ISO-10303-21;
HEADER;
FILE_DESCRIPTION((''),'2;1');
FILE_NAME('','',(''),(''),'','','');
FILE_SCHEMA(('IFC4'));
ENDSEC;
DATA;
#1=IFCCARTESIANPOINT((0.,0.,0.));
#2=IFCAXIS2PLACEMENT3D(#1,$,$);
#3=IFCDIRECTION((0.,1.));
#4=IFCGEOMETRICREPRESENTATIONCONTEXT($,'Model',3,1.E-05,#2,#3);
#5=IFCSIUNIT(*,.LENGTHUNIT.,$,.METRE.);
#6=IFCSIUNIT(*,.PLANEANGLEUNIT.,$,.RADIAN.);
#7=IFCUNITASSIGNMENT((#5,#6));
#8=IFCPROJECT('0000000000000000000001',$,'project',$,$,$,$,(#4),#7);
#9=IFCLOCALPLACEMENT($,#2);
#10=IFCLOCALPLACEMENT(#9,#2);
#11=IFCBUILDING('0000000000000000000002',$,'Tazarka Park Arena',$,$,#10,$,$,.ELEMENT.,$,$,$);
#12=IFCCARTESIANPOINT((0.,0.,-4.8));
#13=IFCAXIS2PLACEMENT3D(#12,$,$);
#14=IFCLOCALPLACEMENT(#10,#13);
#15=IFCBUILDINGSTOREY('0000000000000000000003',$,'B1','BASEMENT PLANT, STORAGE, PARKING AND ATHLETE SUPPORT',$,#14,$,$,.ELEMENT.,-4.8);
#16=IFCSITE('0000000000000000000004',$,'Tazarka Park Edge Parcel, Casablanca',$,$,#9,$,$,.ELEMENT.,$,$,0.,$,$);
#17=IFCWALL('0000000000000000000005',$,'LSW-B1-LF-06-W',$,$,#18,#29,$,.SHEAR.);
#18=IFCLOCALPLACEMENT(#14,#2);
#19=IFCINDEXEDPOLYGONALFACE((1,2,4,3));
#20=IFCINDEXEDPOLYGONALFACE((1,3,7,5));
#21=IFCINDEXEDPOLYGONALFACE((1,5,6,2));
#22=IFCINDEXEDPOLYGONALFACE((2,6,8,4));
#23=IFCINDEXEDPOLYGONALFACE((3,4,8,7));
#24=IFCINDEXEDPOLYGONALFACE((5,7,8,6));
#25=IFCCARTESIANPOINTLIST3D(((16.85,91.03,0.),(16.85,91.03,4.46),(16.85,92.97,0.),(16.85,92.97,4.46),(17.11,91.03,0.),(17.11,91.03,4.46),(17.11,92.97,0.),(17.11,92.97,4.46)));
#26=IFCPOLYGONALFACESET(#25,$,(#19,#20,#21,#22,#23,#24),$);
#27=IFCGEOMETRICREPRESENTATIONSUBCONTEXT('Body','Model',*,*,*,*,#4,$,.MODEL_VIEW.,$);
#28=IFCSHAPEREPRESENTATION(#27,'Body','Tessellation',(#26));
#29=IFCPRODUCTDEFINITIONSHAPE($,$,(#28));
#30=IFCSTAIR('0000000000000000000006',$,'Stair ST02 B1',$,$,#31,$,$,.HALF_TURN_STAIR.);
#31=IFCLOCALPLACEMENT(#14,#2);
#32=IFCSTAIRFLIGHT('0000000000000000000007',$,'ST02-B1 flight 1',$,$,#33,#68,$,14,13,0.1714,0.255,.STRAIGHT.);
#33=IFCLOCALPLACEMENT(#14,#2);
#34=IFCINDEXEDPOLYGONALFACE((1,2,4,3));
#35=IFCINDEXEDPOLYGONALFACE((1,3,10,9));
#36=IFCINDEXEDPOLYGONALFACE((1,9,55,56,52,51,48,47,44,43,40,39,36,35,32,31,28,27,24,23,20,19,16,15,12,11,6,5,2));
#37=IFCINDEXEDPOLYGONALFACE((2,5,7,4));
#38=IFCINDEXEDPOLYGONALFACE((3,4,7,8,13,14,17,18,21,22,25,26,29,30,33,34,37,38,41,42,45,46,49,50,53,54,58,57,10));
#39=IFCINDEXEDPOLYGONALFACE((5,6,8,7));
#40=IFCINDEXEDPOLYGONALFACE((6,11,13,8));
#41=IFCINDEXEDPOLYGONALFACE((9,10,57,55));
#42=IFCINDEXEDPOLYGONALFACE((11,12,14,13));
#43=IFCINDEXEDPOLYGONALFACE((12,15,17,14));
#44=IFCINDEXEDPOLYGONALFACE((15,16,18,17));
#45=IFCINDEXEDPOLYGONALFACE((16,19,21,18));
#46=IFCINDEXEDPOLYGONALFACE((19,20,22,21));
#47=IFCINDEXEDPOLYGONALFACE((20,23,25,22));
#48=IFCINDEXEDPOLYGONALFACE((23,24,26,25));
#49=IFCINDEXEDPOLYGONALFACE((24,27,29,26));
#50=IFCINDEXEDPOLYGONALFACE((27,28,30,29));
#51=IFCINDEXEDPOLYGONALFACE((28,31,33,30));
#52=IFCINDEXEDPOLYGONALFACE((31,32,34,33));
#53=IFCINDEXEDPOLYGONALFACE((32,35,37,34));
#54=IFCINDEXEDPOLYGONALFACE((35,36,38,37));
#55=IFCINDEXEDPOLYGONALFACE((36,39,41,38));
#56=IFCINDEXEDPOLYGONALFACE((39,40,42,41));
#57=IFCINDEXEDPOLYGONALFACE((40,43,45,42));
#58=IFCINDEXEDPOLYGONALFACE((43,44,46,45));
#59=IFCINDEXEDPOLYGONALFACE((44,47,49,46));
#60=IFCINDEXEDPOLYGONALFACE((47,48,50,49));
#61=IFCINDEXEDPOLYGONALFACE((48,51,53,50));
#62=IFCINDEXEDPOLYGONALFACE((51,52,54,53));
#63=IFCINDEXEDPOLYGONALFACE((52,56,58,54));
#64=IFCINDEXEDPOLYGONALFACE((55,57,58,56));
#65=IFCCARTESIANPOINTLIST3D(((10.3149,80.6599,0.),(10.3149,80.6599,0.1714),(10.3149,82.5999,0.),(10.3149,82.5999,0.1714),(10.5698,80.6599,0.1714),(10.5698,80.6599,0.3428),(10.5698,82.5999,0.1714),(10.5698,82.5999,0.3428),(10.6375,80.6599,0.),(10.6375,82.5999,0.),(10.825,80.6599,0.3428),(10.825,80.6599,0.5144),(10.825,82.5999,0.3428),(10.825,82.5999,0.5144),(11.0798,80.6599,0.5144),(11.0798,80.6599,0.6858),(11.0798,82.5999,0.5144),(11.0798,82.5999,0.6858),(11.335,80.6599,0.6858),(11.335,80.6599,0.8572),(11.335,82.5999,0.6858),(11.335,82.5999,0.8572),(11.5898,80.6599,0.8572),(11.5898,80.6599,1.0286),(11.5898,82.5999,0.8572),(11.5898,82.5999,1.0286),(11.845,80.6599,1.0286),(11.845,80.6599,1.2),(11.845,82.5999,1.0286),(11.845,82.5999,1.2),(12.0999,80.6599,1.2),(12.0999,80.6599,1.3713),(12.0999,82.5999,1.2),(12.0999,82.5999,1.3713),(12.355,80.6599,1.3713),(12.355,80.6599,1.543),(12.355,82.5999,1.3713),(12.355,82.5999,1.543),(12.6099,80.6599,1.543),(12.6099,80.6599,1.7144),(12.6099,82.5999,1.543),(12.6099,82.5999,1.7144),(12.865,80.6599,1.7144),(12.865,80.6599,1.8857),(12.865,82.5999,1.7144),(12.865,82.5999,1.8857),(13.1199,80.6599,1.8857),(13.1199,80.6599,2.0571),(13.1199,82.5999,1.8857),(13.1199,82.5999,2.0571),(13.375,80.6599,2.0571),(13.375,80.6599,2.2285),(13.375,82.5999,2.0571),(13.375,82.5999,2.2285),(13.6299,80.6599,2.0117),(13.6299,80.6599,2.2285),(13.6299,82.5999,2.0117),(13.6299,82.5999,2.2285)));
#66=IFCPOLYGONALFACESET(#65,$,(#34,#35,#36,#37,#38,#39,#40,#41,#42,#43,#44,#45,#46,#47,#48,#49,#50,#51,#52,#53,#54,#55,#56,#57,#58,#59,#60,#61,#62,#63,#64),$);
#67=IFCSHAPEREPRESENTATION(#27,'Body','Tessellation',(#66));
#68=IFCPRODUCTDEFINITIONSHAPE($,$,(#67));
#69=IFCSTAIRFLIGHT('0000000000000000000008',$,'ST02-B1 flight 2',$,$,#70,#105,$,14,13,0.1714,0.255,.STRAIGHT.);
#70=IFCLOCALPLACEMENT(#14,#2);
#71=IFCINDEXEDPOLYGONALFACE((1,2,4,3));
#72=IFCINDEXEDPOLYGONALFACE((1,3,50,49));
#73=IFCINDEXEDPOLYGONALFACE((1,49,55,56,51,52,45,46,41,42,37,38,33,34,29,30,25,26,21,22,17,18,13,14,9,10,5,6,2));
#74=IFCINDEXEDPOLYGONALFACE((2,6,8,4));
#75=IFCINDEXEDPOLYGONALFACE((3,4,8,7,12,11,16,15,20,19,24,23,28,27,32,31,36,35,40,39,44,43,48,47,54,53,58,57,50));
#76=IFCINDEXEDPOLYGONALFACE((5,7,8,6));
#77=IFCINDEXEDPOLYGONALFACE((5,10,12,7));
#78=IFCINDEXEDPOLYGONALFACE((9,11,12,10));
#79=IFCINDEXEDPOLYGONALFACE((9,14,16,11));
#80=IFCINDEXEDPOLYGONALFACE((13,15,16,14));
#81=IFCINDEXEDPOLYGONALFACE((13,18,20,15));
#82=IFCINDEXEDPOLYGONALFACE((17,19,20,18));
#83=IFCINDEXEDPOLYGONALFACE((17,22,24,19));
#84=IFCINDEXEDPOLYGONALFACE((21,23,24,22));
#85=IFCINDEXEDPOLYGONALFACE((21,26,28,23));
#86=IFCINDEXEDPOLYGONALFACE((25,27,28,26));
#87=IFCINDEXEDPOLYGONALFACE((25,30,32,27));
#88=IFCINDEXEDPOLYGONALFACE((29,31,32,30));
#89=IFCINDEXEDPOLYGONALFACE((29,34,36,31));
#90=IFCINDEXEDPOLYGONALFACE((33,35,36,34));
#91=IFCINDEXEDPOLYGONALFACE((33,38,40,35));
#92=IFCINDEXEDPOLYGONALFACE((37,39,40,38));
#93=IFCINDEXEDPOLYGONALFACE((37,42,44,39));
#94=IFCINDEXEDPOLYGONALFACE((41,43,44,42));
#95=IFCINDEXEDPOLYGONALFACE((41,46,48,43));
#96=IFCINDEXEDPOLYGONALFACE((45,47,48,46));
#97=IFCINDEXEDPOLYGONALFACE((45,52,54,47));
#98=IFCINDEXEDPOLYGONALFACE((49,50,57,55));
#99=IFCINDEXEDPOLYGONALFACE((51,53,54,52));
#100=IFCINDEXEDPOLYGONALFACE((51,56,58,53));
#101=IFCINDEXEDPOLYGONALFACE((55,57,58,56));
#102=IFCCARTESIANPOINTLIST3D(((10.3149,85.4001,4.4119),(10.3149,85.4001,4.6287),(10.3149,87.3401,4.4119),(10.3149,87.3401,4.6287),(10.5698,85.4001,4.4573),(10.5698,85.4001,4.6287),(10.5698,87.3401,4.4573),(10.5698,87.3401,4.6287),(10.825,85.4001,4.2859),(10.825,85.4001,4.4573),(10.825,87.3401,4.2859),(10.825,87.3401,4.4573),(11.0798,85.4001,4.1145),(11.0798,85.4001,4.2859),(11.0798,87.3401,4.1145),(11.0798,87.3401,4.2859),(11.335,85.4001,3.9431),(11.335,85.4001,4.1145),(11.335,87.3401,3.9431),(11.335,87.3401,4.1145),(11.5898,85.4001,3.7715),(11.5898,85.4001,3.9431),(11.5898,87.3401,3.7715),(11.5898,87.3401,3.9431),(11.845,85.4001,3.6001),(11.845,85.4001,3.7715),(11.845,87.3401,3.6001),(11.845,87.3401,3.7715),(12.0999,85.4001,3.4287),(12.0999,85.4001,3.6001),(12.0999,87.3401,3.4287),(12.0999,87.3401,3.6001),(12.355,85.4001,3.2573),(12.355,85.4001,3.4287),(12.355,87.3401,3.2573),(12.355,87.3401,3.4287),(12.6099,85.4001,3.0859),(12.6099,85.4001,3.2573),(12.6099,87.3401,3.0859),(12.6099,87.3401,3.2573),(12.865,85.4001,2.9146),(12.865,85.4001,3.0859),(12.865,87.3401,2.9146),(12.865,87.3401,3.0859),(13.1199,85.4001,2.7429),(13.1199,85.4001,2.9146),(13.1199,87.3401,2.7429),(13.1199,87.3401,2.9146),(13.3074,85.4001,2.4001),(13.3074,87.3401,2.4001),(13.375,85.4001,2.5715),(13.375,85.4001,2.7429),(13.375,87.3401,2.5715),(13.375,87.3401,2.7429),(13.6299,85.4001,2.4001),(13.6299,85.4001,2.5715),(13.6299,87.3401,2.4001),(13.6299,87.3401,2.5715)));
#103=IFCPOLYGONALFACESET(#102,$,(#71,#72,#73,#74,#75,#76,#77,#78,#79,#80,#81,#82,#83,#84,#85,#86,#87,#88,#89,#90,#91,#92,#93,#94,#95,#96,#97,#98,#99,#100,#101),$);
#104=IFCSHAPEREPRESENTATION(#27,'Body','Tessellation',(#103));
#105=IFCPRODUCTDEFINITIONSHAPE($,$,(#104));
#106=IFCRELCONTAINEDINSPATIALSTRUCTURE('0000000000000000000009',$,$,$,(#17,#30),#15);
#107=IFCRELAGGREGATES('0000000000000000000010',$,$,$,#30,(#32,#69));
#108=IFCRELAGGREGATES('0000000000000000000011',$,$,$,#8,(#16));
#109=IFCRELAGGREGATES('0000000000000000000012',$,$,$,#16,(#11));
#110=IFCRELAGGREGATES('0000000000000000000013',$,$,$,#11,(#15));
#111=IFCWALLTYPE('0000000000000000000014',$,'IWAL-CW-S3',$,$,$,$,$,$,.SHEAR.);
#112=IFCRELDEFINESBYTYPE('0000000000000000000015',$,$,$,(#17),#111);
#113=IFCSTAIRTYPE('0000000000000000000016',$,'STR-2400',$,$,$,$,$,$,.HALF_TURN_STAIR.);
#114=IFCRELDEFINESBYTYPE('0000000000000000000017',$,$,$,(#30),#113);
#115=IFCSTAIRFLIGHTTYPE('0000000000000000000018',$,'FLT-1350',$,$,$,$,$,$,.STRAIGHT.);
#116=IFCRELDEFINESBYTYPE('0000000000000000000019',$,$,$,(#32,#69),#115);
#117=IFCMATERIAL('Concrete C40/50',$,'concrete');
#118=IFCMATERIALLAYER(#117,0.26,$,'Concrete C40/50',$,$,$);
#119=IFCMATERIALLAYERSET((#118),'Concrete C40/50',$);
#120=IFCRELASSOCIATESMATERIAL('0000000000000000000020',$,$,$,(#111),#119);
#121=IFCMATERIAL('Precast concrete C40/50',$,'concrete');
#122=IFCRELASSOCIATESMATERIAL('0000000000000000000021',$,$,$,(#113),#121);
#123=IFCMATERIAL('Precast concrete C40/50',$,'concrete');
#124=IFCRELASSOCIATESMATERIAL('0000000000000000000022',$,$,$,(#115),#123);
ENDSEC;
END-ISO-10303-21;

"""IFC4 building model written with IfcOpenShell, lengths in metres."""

from ifc_helpers import new_model, si_unit, direction, frame, frame_2d, origin, place, context, subcontext, project, spatial, polyline, rectangle, outline, extrude, material, layer, layer_set, type_object, element, aggregate, save


model = new_model("IFC4")

# Units and contexts
model_context = context("Model", 3, precision=1e-05, world=origin(), true_north=direction((0.0, 1.0)))
body_context = subcontext(model_context, "Body", "Model", "MODEL_VIEW")
ifc_project = project(units=[si_unit("LENGTHUNIT", "METRE"), si_unit("PLANEANGLEUNIT", "RADIAN")], contexts=[model_context])

# Site, building, storey
site_placement = place(None, origin())
site = spatial("IfcSite", under=ifc_project, at=site_placement, Name="Tazarka Park Edge Parcel, Casablanca", CompositionType="ELEMENT", RefElevation=0.0)
building_placement = place(site_placement, origin())
building = spatial("IfcBuilding", under=site, at=building_placement, Name="Tazarka Park Arena", CompositionType="ELEMENT")
storey_placement = place(building_placement, frame((0.0, 0.0, -4.8)))
storey = spatial("IfcBuildingStorey", under=building, at=storey_placement, Name="B1", Description="BASEMENT PLANT, STORAGE, PARKING AND ATHLETE SUPPORT", CompositionType="ELEMENT", Elevation=-4.8)

# Wall
ifc_material_1 = material(Name="Concrete C40/50", Category="concrete")
ifc_layer_1 = layer(ifc_material_1, 0.26, Name="Concrete C40/50")
ifc_layer_set_1 = layer_set([ifc_layer_1], Name="Concrete C40/50")
wall_type_1 = type_object("IfcWallType", Name="IWAL-CW-S3", PredefinedType="SHEAR", material=ifc_layer_set_1)
wall_1_placement = place(storey_placement, frame((16.98, 91.03, 0.0), z_axis=(0.0, 0.0, 1.0), x_axis=(0.0, 1.0, 0.0)))
element("IfcWall", 1, at=wall_1_placement, inside=storey, type_object=wall_type_1, Name="LSW-B1-LF-06-W", PredefinedType="SHEAR", context=body_context, shape_type="SweptSolid", body=[
    extrude(rectangle(XDim=1.9399, YDim=0.26, at=frame_2d((0.97, 0.0))), origin(), (0.0, 0.0, 1.0), 4.46),
])

# Stair, stair flights
ifc_material_2 = material(Name="Precast concrete C40/50", Category="concrete")
stair_type = type_object("IfcStairType", Name="STR-2400", PredefinedType="HALF_TURN_STAIR", material=ifc_material_2)
stair_placement = place(storey_placement, origin())
stair = element("IfcStair", 2, at=stair_placement, inside=storey, type_object=stair_type, Name="Stair ST02 B1", PredefinedType="HALF_TURN_STAIR")
ifc_material_3 = material(Name="Precast concrete C40/50", Category="concrete")
stair_flight_type = type_object("IfcStairFlightType", Name="FLT-1350", PredefinedType="STRAIGHT", material=ifc_material_3)
stair_flight_1_placement = place(storey_placement, frame((10.3149, 81.6299, 0.0), z_axis=(0.0, 0.0, 1.0), x_axis=(1.0, 0.0, 0.0)))
stair_flight_1 = element("IfcStairFlight", 3, at=stair_flight_1_placement, type_object=stair_flight_type, Name="ST02-B1 flight 1", NumberOfRisers=14, NumberOfTreads=13, PredefinedType="STRAIGHT", RiserHeight=0.1714, TreadLength=0.255, context=body_context, shape_type="SweptSolid", body=[
    extrude(outline(polyline([(0.0, 0.0), (0.0, 0.1714), (0.2549, 0.1714), (0.2549, 0.3428), (0.51, 0.3428), (0.51, 0.5144), (0.7649, 0.5144), (0.7649, 0.6858), (1.02, 0.6858), (1.02, 0.8572), (1.2749, 0.8572), (1.2749, 1.0286), (1.53, 1.0286), (1.53, 1.2), (1.7849, 1.2), (1.7849, 1.3713), (2.04, 1.3713), (2.04, 1.543), (2.2949, 1.543), (2.2949, 1.7144), (2.55, 1.7144), (2.55, 1.8857), (2.8049, 1.8857), (2.8049, 2.0571), (3.0601, 2.0571), (3.0601, 2.2285), (3.3149, 2.2285), (3.3149, 2.3999), (3.3149, 2.0117), (0.3225, 0.0), (0.0, 0.0)])), frame((0.0, 0.97, 0.0), z_axis=(0.0, -1.0, 0.0), x_axis=(1.0, 0.0, 0.0)), (0.0, 0.0, 1.0), 1.9399),
])
stair_flight_2_placement = place(storey_placement, frame((13.6299, 86.3701, 2.4001), z_axis=(0.0, 0.0, 1.0), x_axis=(-1.0, 0.0, 0.0)))
stair_flight_2 = element("IfcStairFlight", 4, at=stair_flight_2_placement, type_object=stair_flight_type, Name="ST02-B1 flight 2", NumberOfRisers=14, NumberOfTreads=13, PredefinedType="STRAIGHT", RiserHeight=0.1714, TreadLength=0.255, context=body_context, shape_type="SweptSolid", body=[
    extrude(outline(polyline([(0.0, 0.0), (0.0, 0.1714), (0.2549, 0.1714), (0.2549, 0.3428), (0.51, 0.3428), (0.51, 0.5144), (0.7649, 0.5144), (0.7649, 0.6858), (1.02, 0.6858), (1.02, 0.8572), (1.2749, 0.8572), (1.2749, 1.0286), (1.53, 1.0286), (1.53, 1.2), (1.7849, 1.2), (1.7849, 1.3713), (2.04, 1.3713), (2.04, 1.543), (2.2949, 1.543), (2.2949, 1.7144), (2.55, 1.7144), (2.55, 1.8857), (2.8049, 1.8857), (2.8049, 2.0571), (3.0601, 2.0571), (3.0601, 2.2285), (3.3149, 2.2285), (3.3149, 2.3999), (3.3149, 2.0117), (0.3225, 0.0), (0.0, 0.0)])), frame((0.0, 0.97, 0.0), z_axis=(0.0, -1.0, 0.0), x_axis=(1.0, 0.0, 0.0)), (0.0, 0.0, 1.0), 1.9399),
])
aggregate(stair, [stair_flight_1, stair_flight_2])

save(model, "model.ifc")
